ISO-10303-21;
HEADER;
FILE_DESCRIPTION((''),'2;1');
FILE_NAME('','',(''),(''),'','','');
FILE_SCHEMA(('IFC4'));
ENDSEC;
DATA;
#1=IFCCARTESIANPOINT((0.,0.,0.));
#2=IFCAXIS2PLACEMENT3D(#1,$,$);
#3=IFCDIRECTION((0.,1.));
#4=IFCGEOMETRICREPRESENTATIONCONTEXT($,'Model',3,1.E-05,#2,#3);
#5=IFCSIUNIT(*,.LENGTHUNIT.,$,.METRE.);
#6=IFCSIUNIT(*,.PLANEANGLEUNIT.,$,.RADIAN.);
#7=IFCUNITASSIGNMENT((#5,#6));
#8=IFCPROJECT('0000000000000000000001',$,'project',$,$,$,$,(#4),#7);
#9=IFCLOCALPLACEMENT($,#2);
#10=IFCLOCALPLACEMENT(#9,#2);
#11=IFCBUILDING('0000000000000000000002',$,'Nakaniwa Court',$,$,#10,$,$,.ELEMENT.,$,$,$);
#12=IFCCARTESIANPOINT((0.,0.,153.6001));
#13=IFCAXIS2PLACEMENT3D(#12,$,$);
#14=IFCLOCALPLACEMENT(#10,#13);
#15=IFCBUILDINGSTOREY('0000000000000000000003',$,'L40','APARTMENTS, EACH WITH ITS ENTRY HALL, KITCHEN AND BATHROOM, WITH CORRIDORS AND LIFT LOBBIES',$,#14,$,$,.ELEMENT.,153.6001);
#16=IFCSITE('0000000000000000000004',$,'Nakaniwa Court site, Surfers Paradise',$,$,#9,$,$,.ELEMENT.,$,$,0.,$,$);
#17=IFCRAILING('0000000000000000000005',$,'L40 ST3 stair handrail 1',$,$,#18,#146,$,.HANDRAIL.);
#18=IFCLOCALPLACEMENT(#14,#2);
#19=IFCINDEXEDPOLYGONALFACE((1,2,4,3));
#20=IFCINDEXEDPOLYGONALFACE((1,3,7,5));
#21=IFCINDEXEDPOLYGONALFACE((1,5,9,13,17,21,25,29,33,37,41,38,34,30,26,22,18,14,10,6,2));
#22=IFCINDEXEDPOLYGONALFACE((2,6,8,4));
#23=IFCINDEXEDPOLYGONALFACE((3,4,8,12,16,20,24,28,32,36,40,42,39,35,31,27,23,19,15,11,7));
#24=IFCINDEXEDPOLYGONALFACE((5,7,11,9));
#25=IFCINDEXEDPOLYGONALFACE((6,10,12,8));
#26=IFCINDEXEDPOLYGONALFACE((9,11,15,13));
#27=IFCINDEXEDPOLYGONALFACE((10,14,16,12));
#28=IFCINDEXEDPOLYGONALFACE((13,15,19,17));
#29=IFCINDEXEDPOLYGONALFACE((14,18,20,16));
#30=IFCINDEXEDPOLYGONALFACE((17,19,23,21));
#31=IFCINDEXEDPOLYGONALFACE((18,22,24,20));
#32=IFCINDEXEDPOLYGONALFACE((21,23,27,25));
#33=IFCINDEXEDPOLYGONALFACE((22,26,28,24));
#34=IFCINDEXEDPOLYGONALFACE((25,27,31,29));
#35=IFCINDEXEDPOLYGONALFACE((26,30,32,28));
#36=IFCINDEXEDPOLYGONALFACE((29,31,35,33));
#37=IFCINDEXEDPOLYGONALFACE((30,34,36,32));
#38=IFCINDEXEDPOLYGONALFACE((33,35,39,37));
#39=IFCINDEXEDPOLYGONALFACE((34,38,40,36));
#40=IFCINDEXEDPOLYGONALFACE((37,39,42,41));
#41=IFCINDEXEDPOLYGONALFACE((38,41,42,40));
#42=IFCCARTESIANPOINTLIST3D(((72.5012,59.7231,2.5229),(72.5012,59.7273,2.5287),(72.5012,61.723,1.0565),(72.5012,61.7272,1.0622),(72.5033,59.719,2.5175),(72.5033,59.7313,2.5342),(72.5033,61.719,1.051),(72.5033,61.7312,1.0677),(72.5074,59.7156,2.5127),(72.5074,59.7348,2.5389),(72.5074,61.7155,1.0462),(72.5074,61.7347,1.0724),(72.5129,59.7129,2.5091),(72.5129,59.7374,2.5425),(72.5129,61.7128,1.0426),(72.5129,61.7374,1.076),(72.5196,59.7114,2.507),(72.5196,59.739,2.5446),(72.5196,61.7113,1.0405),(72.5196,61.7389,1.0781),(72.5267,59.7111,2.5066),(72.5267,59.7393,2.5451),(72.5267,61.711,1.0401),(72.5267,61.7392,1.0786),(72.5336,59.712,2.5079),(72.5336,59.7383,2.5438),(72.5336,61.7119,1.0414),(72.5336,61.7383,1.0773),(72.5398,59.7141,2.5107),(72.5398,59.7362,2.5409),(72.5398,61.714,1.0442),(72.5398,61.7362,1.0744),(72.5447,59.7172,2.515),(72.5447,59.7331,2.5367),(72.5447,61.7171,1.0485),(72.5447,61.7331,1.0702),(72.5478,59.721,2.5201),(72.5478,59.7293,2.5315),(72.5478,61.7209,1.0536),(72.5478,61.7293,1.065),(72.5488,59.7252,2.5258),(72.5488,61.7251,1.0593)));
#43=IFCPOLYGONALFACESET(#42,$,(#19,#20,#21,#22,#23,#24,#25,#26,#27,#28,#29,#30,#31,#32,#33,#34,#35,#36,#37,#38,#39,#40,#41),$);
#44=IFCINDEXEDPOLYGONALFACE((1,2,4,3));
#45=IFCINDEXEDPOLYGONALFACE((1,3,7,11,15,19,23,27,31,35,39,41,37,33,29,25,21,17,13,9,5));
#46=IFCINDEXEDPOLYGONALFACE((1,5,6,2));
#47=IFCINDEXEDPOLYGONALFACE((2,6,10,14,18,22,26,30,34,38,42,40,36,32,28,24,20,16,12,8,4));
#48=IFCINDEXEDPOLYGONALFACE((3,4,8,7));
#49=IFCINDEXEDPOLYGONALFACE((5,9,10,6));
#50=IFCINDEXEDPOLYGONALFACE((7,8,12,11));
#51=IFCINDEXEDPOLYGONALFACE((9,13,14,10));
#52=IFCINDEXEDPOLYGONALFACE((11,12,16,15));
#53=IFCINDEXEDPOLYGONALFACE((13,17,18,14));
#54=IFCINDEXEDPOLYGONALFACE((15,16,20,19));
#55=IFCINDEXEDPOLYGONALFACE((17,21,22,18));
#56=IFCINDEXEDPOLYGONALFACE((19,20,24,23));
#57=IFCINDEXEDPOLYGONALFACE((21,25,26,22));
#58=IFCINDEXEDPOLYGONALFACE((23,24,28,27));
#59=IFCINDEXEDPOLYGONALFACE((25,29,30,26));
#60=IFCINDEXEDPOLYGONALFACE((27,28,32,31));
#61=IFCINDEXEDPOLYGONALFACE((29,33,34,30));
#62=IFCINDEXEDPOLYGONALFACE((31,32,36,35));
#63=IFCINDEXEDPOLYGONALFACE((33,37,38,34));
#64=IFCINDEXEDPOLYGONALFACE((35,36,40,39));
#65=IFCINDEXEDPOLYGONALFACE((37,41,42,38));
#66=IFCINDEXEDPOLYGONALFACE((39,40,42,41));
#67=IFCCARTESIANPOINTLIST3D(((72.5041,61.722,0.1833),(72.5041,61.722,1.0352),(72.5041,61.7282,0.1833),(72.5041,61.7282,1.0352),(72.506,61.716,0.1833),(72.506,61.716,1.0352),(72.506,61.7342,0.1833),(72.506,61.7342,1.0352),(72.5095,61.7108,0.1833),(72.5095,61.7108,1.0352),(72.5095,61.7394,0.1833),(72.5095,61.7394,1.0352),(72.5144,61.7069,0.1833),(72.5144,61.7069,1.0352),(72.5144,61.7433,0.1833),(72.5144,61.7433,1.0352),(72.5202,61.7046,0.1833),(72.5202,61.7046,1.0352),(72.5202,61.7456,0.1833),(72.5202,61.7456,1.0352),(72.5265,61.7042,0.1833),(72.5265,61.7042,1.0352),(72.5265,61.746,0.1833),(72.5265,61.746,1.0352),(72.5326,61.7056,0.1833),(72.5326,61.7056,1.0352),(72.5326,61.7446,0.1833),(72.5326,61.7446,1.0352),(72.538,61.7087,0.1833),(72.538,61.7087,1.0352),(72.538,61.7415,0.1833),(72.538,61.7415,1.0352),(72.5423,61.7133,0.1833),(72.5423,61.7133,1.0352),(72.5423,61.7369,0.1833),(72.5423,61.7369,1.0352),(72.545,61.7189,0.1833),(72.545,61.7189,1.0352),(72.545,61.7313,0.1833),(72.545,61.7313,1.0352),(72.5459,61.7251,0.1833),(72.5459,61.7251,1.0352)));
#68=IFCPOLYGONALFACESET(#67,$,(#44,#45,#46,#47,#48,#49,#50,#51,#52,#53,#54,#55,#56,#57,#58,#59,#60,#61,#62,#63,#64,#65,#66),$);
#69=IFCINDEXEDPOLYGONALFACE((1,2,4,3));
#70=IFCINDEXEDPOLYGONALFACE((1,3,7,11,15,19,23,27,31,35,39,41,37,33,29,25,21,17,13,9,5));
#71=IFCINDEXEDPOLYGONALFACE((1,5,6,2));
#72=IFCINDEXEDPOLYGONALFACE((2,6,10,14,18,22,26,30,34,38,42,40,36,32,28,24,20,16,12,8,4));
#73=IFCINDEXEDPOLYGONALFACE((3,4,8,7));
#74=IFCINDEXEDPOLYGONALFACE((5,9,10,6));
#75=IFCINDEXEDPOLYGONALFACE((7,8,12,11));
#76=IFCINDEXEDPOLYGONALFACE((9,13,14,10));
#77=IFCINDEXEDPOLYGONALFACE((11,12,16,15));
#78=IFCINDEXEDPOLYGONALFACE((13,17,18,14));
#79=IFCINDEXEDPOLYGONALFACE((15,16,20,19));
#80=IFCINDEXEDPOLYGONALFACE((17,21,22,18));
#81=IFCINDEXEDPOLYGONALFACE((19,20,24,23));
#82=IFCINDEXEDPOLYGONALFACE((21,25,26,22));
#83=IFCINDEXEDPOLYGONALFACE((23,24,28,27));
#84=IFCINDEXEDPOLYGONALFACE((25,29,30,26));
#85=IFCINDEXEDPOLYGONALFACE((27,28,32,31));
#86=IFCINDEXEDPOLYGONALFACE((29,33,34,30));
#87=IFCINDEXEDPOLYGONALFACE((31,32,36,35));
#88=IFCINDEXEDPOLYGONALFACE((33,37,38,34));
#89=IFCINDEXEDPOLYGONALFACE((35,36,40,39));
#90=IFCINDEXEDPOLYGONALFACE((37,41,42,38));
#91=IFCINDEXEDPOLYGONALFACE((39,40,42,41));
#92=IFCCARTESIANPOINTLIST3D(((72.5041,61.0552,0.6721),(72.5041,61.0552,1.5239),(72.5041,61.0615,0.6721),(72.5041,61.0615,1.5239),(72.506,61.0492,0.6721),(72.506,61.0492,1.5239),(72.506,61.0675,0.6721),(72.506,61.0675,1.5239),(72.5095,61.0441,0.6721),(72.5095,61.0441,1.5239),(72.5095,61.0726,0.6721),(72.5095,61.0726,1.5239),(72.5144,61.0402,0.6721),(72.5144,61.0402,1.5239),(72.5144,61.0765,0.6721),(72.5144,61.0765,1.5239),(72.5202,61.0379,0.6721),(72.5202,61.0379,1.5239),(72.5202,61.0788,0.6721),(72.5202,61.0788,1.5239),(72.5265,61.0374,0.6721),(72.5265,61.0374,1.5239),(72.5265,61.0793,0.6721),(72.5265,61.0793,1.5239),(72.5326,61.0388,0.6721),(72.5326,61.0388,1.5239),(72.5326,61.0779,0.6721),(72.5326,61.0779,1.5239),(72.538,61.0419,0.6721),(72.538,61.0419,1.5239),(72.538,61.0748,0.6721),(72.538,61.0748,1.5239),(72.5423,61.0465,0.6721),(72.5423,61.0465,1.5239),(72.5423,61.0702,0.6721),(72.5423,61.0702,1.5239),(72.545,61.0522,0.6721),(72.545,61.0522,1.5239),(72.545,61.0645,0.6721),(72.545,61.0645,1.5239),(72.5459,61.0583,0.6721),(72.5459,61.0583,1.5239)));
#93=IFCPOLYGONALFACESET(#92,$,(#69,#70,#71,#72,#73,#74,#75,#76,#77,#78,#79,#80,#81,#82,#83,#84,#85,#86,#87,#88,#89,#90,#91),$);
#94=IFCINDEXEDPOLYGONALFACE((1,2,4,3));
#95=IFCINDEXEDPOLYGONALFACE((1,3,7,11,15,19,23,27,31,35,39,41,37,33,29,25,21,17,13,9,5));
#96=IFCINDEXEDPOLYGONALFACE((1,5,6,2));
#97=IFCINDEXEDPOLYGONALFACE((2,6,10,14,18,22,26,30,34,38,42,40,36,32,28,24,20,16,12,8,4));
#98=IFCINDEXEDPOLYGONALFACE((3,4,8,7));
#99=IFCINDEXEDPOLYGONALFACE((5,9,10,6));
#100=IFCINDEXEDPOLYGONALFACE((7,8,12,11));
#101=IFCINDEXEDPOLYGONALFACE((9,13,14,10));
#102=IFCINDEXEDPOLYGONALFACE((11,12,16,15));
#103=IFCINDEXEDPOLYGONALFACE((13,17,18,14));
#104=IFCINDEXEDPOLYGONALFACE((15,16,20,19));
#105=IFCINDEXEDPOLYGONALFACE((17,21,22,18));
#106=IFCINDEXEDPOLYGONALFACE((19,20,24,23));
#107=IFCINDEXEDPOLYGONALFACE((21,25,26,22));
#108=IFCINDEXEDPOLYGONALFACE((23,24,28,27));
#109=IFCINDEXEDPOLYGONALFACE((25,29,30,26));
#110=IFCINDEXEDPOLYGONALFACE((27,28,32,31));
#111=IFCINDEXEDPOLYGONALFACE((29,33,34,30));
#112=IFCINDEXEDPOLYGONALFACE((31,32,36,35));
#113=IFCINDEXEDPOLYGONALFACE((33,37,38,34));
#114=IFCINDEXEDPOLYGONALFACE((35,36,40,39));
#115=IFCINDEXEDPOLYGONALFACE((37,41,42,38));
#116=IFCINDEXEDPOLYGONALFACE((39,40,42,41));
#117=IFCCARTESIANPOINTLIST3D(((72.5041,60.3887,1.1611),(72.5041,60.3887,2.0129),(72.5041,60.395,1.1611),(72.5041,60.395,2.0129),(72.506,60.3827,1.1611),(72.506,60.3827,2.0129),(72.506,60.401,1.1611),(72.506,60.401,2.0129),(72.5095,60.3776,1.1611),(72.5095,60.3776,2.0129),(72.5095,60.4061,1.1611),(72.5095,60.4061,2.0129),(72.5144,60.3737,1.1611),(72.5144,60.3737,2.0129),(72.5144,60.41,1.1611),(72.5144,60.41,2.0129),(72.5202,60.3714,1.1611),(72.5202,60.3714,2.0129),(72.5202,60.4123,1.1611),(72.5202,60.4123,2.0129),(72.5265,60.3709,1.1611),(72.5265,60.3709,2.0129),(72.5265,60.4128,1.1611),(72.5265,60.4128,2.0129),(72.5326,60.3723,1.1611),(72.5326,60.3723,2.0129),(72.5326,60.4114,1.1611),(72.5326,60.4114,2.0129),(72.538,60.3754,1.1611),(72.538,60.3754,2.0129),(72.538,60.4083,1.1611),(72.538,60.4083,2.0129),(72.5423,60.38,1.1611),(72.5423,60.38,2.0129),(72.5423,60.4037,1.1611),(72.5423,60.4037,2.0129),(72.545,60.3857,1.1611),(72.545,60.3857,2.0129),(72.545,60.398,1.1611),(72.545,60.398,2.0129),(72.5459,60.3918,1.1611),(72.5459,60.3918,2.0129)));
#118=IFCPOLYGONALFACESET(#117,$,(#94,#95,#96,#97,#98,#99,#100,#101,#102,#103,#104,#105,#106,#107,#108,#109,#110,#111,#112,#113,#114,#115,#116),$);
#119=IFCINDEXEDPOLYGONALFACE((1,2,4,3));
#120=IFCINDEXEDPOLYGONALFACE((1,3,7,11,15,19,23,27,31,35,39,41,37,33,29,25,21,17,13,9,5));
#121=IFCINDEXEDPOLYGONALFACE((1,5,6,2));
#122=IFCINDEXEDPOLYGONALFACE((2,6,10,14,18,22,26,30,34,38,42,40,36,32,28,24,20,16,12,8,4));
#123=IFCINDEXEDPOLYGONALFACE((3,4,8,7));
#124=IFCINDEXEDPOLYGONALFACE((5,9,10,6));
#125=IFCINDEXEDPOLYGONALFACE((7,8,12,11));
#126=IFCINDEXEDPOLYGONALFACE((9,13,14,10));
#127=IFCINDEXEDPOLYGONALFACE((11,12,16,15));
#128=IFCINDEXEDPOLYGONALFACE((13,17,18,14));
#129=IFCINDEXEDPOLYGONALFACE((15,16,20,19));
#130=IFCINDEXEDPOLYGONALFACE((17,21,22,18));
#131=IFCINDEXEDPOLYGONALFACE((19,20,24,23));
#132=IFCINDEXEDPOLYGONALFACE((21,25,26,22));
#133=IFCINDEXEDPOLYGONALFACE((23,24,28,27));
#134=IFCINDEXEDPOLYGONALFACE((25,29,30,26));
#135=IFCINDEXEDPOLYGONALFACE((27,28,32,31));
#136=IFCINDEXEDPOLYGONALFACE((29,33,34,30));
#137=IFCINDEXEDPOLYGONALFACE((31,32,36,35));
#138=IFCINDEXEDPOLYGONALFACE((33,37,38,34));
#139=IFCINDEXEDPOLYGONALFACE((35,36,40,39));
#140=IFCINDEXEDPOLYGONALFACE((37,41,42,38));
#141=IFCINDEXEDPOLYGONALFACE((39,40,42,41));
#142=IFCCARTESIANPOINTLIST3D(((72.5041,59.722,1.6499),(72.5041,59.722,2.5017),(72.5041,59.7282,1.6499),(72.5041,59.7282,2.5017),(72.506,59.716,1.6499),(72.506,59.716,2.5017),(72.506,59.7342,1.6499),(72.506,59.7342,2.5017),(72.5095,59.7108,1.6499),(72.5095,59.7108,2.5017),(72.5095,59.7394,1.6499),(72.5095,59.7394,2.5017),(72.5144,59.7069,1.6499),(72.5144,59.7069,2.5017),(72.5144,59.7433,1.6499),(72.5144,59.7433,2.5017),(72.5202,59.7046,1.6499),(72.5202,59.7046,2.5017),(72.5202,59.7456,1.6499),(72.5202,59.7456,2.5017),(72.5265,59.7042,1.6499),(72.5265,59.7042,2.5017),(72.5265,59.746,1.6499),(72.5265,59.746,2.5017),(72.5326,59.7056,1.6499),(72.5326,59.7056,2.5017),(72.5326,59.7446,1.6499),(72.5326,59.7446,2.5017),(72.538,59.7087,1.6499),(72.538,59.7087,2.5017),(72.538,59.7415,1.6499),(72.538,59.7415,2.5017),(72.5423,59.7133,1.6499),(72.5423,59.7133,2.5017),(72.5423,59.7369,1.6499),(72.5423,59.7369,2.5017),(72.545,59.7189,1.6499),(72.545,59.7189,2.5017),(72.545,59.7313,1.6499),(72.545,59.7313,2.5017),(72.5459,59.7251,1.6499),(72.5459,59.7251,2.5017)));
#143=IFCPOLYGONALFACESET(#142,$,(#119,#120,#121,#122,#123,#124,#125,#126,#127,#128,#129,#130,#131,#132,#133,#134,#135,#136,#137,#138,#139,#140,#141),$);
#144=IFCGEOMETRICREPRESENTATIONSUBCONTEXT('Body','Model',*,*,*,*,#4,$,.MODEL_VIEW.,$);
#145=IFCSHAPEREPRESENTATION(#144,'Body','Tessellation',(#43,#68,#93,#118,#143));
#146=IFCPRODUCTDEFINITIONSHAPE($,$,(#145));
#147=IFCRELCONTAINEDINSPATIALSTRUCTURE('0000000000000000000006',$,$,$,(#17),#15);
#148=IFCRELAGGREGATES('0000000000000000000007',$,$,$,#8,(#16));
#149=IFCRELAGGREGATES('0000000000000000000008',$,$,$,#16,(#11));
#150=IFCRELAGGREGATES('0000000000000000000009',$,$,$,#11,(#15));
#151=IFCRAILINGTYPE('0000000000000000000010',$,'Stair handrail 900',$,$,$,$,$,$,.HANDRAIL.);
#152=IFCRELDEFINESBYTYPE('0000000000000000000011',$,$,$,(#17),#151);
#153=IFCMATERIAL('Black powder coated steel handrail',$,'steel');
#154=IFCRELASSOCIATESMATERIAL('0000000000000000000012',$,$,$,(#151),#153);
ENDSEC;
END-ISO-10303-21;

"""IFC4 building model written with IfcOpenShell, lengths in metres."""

from ifc_helpers import new_model, si_unit, direction, frame, origin, origin_2d, place, context, subcontext, project, spatial, circle, extrude, material, type_object, element, save


model = new_model("IFC4")

# Units and contexts
model_context = context("Model", 3, precision=1e-05, world=origin(), true_north=direction((0.0, 1.0)))
body_context = subcontext(model_context, "Body", "Model", "MODEL_VIEW")
ifc_project = project(units=[si_unit("LENGTHUNIT", "METRE"), si_unit("PLANEANGLEUNIT", "RADIAN")], contexts=[model_context])

# Site, building, storey
site_placement = place(None, origin())
site = spatial("IfcSite", under=ifc_project, at=site_placement, Name="Nakaniwa Court site, Surfers Paradise", CompositionType="ELEMENT", RefElevation=0.0)
building_placement = place(site_placement, origin())
building = spatial("IfcBuilding", under=site, at=building_placement, Name="Nakaniwa Court", CompositionType="ELEMENT")
storey_placement = place(building_placement, frame((0.0, 0.0, 153.6001)))
storey = spatial("IfcBuildingStorey", under=building, at=storey_placement, Name="L40", Description="APARTMENTS, EACH WITH ITS ENTRY HALL, KITCHEN AND BATHROOM, WITH CORRIDORS AND LIFT LOBBIES", CompositionType="ELEMENT", Elevation=153.6001)

# Railing
ifc_material_1 = material(Name="Black powder coated steel handrail", Category="steel")
railing_type_1 = type_object("IfcRailingType", Name="Stair handrail 900", PredefinedType="HANDRAIL", material=ifc_material_1)
railing_1_placement = place(storey_placement, frame((72.5249, 61.7251, 0.1833)))
element("IfcRailing", 1, at=railing_1_placement, inside=storey, type_object=railing_type_1, Name="L40 ST3 stair handrail 1", PredefinedType="HANDRAIL", context=body_context, shape_type="SweptSolid", body=[
    extrude(circle(Radius=0.0239, at=origin_2d()), frame((0.0, 0.0, 0.876), z_axis=(0.0, -0.806427, 0.591334), x_axis=(1.0, 0.0, 0.0)), (0.0, 0.0, 1.0), 2.48),
    extrude(circle(Radius=0.021, at=origin_2d()), origin(), (0.0, 0.0, 1.0), 0.8518),
    extrude(circle(Radius=0.021, at=origin_2d()), frame((0.0, -0.6667, 0.4888)), (0.0, 0.0, 1.0), 0.8518),
    extrude(circle(Radius=0.021, at=origin_2d()), frame((0.0, -1.3333, 0.9778)), (0.0, 0.0, 1.0), 0.8518),
    extrude(circle(Radius=0.021, at=origin_2d()), frame((0.0, -2.0, 1.4666)), (0.0, 0.0, 1.0), 0.8518),
])

save(model, "model.ifc")
